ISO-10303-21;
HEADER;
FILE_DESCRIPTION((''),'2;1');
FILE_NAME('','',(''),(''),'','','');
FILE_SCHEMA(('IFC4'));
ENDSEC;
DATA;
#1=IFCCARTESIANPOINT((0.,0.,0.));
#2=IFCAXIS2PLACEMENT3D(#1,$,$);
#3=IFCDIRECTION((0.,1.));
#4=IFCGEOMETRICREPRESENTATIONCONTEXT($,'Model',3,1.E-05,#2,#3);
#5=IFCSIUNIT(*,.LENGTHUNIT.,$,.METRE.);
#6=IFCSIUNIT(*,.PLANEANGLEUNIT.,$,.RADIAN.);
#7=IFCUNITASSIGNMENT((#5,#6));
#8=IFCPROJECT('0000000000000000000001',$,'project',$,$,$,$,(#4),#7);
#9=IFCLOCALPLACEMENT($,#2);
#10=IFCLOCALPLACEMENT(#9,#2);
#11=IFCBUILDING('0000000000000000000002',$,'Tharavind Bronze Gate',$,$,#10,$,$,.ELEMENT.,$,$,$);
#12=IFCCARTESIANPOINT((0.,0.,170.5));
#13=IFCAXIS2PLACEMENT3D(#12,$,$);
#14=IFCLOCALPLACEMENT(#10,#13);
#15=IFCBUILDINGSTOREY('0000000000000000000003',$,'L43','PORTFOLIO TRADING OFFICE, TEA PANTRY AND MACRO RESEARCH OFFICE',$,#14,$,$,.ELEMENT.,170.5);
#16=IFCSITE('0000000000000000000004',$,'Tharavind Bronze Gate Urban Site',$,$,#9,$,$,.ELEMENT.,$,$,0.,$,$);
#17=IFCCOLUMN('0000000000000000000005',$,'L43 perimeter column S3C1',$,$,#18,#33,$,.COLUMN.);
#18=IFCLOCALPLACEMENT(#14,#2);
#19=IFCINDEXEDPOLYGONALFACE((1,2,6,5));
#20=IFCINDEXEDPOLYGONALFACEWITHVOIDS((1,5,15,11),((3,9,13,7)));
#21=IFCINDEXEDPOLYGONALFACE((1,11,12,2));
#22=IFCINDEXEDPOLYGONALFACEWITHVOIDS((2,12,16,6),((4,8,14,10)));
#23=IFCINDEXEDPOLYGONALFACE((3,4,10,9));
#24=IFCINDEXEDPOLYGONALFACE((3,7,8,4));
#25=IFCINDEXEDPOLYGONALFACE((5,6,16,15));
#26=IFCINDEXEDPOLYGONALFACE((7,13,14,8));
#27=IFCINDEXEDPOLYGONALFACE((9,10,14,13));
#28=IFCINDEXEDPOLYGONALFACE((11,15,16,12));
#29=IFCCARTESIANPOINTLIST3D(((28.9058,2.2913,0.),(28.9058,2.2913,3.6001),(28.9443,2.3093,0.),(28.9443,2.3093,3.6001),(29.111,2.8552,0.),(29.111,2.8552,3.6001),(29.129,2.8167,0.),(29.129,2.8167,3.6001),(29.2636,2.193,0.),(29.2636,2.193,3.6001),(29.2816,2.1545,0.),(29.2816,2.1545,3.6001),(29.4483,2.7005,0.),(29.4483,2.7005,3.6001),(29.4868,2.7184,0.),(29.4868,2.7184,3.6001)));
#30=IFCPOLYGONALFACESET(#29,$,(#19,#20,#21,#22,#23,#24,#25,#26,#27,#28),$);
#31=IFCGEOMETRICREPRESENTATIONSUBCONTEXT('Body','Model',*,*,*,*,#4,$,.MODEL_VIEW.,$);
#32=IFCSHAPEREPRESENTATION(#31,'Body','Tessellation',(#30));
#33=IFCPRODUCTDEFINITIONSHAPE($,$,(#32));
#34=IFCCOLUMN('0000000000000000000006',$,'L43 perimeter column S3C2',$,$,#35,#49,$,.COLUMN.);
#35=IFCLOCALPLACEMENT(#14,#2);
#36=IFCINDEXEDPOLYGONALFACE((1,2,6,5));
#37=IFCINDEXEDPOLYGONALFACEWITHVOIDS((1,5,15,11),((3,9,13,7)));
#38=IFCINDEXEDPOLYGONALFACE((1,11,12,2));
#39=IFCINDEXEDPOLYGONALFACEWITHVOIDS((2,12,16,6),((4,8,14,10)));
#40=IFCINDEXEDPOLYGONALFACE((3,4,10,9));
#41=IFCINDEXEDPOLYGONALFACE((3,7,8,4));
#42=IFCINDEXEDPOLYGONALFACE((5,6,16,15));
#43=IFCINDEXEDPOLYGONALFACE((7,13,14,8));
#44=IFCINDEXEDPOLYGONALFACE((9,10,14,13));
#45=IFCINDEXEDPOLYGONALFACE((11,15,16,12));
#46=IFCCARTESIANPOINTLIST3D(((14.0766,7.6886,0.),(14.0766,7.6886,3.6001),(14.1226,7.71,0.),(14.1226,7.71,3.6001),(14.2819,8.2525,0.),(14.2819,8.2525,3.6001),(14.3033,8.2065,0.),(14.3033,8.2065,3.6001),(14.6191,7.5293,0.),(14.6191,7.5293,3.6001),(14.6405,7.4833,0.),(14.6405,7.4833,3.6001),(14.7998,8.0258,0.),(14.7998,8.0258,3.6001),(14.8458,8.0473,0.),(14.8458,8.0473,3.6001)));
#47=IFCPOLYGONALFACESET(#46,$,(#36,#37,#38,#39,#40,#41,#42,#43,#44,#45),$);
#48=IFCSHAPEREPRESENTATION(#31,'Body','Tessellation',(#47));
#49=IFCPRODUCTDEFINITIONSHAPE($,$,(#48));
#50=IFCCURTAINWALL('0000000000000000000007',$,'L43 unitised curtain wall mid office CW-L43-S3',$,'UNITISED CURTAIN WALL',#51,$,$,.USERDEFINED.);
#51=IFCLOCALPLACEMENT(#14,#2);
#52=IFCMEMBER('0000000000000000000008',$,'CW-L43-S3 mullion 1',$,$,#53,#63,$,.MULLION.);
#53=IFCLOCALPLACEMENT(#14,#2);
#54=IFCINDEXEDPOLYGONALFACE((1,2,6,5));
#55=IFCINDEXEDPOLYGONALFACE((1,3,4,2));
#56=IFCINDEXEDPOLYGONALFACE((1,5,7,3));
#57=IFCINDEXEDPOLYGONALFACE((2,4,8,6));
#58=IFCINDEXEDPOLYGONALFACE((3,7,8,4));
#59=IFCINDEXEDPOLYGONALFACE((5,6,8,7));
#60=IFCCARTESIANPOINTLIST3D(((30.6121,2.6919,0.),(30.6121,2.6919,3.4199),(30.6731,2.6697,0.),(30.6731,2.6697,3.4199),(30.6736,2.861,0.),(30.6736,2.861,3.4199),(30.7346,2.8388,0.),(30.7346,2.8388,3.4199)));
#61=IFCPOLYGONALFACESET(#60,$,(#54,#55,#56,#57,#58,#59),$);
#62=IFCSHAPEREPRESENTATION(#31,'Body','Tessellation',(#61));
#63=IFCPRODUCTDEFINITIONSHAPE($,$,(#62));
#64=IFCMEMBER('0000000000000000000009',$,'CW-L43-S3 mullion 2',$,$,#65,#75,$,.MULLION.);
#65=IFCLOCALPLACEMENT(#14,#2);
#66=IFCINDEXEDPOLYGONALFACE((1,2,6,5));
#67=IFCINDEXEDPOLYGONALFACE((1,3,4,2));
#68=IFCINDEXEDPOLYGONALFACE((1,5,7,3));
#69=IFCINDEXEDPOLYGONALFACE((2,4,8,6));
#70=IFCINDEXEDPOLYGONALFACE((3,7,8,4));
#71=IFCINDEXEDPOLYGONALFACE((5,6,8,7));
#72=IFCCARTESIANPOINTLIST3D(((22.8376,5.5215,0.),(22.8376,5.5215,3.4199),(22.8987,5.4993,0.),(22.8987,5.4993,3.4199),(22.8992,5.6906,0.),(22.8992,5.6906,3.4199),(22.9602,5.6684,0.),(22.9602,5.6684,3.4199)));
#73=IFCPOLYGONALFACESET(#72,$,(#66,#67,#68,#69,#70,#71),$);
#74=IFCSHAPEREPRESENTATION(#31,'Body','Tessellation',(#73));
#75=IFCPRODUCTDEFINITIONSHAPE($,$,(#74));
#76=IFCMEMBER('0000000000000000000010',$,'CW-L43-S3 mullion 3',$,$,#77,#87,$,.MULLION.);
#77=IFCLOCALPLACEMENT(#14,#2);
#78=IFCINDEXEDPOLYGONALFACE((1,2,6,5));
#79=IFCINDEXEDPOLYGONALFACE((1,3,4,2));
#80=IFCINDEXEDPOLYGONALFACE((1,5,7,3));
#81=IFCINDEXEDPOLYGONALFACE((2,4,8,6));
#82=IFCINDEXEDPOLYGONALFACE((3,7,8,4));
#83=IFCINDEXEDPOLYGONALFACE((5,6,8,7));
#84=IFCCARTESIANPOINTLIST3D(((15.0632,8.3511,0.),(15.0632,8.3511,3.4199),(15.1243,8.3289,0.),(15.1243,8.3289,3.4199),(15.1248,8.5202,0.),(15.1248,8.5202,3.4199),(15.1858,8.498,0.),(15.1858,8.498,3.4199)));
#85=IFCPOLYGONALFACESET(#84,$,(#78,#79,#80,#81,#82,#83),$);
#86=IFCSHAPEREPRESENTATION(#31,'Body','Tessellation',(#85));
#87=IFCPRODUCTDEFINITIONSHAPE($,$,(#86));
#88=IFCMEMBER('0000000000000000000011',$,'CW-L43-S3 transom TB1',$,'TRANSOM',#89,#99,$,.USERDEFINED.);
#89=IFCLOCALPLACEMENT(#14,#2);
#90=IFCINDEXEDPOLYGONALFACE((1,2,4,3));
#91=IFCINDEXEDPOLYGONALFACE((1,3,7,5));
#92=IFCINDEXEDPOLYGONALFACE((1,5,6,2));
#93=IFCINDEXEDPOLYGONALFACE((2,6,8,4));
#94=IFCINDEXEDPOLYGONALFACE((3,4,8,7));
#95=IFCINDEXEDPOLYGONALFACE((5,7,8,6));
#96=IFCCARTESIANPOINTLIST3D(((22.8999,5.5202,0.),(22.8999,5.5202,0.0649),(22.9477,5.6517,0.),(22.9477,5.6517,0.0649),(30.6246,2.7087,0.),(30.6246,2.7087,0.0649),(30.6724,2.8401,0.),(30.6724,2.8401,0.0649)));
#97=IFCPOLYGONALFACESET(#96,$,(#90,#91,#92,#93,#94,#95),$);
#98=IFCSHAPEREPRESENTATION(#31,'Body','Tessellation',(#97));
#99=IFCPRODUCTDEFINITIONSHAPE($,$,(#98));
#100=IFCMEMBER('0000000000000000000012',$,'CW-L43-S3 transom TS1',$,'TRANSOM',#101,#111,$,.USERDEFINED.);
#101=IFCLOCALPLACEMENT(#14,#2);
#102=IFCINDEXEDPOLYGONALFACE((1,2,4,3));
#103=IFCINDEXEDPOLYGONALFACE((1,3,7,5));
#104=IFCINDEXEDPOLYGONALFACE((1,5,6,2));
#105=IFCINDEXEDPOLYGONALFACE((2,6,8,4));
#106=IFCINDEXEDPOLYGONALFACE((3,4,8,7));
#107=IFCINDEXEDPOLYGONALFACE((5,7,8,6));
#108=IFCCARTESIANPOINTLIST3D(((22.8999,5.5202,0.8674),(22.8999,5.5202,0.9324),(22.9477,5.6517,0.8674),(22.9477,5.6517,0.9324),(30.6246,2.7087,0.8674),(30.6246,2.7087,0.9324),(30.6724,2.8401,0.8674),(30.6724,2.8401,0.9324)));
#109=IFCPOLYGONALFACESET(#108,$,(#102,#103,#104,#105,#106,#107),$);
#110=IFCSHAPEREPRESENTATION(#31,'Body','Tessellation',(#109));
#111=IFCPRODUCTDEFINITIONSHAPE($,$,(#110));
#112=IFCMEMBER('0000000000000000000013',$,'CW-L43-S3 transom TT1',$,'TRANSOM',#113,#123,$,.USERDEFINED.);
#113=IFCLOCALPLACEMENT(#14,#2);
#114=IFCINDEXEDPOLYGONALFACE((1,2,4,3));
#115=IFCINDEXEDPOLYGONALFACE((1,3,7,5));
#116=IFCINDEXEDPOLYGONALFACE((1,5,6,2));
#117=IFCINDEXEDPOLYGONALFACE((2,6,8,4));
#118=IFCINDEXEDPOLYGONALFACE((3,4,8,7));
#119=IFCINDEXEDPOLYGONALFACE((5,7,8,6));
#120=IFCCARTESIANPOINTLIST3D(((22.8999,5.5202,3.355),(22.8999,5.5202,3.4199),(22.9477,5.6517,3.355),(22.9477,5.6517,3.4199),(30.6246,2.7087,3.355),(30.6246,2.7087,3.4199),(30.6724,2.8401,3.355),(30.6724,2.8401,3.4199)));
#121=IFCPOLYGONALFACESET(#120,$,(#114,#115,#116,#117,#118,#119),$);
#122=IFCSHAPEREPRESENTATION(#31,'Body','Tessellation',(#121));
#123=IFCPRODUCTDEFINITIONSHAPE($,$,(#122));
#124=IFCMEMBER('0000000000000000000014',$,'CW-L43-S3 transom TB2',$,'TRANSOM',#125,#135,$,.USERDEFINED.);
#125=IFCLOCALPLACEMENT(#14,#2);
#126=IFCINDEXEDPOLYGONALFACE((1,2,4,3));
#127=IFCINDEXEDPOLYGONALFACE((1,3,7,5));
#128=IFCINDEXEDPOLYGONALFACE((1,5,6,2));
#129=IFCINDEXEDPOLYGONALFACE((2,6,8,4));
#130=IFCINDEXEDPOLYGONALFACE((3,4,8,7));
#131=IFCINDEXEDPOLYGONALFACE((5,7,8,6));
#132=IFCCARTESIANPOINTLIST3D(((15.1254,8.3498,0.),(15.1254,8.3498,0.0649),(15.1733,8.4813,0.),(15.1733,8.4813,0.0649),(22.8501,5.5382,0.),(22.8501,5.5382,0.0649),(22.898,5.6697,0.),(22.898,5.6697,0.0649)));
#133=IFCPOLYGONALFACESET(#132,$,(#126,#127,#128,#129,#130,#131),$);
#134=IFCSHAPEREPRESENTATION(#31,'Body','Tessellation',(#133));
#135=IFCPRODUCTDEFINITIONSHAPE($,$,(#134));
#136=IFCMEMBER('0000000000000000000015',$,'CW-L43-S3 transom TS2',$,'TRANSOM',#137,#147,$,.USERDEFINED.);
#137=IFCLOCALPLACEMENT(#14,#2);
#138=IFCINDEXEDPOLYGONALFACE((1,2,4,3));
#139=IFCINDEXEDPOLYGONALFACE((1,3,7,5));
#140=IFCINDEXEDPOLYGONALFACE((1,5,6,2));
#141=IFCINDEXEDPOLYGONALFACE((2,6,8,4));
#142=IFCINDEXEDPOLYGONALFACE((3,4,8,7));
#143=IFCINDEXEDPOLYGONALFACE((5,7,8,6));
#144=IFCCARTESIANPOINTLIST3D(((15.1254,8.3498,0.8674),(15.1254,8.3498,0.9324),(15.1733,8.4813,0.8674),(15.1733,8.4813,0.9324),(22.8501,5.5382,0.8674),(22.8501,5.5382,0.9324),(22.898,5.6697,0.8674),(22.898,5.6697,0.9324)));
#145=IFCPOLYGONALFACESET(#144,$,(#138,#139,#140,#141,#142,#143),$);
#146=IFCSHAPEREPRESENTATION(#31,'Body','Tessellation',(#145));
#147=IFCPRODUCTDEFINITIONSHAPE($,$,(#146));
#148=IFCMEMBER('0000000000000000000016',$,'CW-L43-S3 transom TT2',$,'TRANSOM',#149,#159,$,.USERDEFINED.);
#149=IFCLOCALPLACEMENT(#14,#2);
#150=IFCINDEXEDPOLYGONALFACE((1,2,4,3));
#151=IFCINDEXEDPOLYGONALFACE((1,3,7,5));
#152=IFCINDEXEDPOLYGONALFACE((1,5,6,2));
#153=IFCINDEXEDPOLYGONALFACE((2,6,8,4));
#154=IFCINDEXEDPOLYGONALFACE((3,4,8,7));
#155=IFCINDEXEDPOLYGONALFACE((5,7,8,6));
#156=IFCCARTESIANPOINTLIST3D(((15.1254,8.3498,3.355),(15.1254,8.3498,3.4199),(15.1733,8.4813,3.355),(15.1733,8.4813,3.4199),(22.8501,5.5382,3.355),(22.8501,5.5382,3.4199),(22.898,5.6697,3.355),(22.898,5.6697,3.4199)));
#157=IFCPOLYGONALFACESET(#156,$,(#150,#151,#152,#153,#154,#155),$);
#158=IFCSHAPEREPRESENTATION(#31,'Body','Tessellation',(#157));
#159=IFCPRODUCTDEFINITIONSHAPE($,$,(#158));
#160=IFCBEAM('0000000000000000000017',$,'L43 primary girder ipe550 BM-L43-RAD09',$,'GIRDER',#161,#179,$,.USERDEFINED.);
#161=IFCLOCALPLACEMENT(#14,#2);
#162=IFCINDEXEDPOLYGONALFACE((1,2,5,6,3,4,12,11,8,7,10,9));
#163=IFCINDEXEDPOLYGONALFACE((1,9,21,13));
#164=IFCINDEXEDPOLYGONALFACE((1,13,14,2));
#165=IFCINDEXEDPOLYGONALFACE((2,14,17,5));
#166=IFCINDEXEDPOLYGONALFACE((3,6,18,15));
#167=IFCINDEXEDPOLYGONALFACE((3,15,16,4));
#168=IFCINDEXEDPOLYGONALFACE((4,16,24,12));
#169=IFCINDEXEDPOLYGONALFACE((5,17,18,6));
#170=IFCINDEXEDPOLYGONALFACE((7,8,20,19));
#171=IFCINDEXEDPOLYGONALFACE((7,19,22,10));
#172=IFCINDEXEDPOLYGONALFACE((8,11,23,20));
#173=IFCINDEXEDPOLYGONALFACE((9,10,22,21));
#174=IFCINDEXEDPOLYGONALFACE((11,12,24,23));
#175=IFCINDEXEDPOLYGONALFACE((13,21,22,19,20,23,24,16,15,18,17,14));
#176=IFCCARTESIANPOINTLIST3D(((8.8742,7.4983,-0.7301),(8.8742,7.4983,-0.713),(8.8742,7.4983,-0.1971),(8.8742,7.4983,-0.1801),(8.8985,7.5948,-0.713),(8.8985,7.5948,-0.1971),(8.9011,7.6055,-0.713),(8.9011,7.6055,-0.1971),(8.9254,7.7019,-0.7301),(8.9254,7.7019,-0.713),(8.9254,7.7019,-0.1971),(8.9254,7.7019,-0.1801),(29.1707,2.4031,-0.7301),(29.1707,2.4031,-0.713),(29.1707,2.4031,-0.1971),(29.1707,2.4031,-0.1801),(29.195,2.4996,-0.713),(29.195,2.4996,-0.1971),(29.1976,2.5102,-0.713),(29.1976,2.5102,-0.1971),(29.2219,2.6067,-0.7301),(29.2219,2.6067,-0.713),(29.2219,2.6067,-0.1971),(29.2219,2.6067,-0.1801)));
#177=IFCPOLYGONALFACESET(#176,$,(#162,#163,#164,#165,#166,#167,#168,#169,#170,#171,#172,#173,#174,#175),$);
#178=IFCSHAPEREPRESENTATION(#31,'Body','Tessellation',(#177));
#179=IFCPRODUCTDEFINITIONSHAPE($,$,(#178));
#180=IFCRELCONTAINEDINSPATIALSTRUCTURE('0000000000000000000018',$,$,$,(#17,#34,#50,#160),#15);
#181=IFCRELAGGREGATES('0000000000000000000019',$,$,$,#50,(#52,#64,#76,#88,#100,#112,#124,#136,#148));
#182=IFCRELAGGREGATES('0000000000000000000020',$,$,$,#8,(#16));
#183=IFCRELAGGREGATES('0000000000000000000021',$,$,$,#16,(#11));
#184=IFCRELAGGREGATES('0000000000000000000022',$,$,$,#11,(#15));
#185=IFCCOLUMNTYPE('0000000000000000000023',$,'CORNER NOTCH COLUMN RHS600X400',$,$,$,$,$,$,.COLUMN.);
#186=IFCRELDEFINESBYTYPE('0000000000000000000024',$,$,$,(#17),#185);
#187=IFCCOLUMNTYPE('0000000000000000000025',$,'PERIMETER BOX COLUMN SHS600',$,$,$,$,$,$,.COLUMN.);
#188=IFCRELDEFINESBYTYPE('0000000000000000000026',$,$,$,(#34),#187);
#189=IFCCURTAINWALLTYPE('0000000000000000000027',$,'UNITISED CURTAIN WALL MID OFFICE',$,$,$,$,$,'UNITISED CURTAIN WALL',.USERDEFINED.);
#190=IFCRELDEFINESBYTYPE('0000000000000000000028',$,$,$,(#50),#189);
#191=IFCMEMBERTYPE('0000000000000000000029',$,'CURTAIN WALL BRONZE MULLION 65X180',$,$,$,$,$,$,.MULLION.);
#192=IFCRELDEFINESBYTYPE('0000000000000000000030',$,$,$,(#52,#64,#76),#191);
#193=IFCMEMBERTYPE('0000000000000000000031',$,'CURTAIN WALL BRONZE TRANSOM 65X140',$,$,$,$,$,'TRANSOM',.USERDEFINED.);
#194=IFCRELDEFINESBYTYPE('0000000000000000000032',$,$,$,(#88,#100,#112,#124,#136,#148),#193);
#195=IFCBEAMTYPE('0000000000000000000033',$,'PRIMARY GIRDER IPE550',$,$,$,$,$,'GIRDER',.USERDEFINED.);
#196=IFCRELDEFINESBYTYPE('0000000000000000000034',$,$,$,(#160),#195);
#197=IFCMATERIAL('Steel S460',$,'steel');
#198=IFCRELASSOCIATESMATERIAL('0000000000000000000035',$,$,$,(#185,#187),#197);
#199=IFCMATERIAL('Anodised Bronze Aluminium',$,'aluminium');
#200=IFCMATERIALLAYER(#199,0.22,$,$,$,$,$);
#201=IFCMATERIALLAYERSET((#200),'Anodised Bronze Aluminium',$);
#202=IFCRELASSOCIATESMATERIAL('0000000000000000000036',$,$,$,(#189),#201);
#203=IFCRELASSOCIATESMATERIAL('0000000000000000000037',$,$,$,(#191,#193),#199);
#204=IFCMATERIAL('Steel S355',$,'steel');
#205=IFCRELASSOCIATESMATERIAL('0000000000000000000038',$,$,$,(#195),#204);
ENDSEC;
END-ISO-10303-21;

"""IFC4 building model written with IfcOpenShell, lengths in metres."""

from ifc_helpers import new_model, si_unit, direction, frame, origin, origin_2d, place, context, subcontext, project, spatial, rectangle, hollow_rectangle, i_section, extrude, material, layer, layer_set, material_profile, profile_set, type_object, element, aggregate, save


model = new_model("IFC4")

# Units and contexts
model_context = context("Model", 3, precision=1e-05, world=origin(), true_north=direction((0.0, 1.0)))
body_context = subcontext(model_context, "Body", "Model", "MODEL_VIEW")
ifc_project = project(units=[si_unit("LENGTHUNIT", "METRE"), si_unit("PLANEANGLEUNIT", "RADIAN")], contexts=[model_context])

# Site, building, storey
site_placement = place(None, origin())
site = spatial("IfcSite", under=ifc_project, at=site_placement, Name="Tharavind Bronze Gate Urban Site", CompositionType="ELEMENT", RefElevation=0.0)
building_placement = place(site_placement, origin())
building = spatial("IfcBuilding", under=site, at=building_placement, Name="Tharavind Bronze Gate", CompositionType="ELEMENT")
storey_placement = place(building_placement, frame((0.0, 0.0, 170.5)))
storey = spatial("IfcBuildingStorey", under=building, at=storey_placement, Name="L43", Description="PORTFOLIO TRADING OFFICE, TEA PANTRY AND MACRO RESEARCH OFFICE", CompositionType="ELEMENT", Elevation=170.5)

# Columns
ifc_material_1 = material(Name="Steel S460", Category="steel")
ifc_material_profile_1 = material_profile(ifc_material_1, hollow_rectangle(XDim=0.3999, YDim=0.6001, WallThickness=0.03, at=origin_2d()), Name="RHS600X400X30")
ifc_profile_set_1 = profile_set([ifc_material_profile_1], Name="Steel S460")
column_type_1 = type_object("IfcColumnType", Name="CORNER NOTCH COLUMN RHS600X400", PredefinedType="COLUMN", material=ifc_profile_set_1)
column_1_placement = place(storey_placement, frame((29.1963, 2.5049, 0.0), z_axis=(0.0, 0.0, 1.0), x_axis=(-0.939692, 0.342022, 0.0)))
element("IfcColumn", 1, at=column_1_placement, inside=storey, type_object=column_type_1, Name="L43 perimeter column S3C1", PredefinedType="COLUMN", context=body_context, shape_type="SweptSolid", body=[
    extrude(hollow_rectangle(XDim=0.3999, YDim=0.6001, WallThickness=0.03, at=origin_2d()), origin(), (0.0, 0.0, 1.0), 3.6001),
])
ifc_material_profile_2 = material_profile(ifc_material_1, hollow_rectangle(XDim=0.6001, YDim=0.6001, WallThickness=0.0359, at=origin_2d()), Name="SHS600X36")
ifc_profile_set_2 = profile_set([ifc_material_profile_2], Name="Steel S460")
column_type_2 = type_object("IfcColumnType", Name="PERIMETER BOX COLUMN SHS600", PredefinedType="COLUMN", material=ifc_profile_set_2)
column_2_placement = place(storey_placement, frame((14.4612, 7.8679, 0.0), z_axis=(0.0, 0.0, 1.0), x_axis=(-0.939692, 0.342022, 0.0)))
element("IfcColumn", 2, at=column_2_placement, inside=storey, type_object=column_type_2, Name="L43 perimeter column S3C2", PredefinedType="COLUMN", context=body_context, shape_type="SweptSolid", body=[
    extrude(hollow_rectangle(XDim=0.6001, YDim=0.6001, WallThickness=0.0359, at=origin_2d()), origin(), (0.0, 0.0, 1.0), 3.6001),
])

# Curtain wall, members
ifc_material_2 = material(Name="Anodised Bronze Aluminium", Category="aluminium")
ifc_layer_1 = layer(ifc_material_2, 0.22)
ifc_layer_set_1 = layer_set([ifc_layer_1], Name="Anodised Bronze Aluminium")
curtain_wall_type = type_object("IfcCurtainWallType", Name="UNITISED CURTAIN WALL MID OFFICE", ElementType="UNITISED CURTAIN WALL", PredefinedType="USERDEFINED", material=ifc_layer_set_1)
curtain_wall_placement = place(storey_placement, origin())
curtain_wall = element("IfcCurtainWall", 3, at=curtain_wall_placement, inside=storey, type_object=curtain_wall_type, Name="L43 unitised curtain wall mid office CW-L43-S3", ObjectType="UNITISED CURTAIN WALL", PredefinedType="USERDEFINED")
member_type_1 = type_object("IfcMemberType", Name="CURTAIN WALL BRONZE MULLION 65X180", PredefinedType="MULLION", material=ifc_material_2)
member_1_placement = place(storey_placement, frame((30.6733, 2.7654, 0.0), z_axis=(0.0, 0.0, 1.0), x_axis=(-0.939692, 0.342022, 0.0)))
member_1 = element("IfcMember", 4, at=member_1_placement, type_object=member_type_1, Name="CW-L43-S3 mullion 1", PredefinedType="MULLION", context=body_context, shape_type="SweptSolid", body=[
    extrude(rectangle(XDim=0.0649, YDim=0.1799, at=origin_2d()), origin(), (0.0, 0.0, 1.0), 3.4199),
])
member_2_placement = place(storey_placement, frame((22.8989, 5.595, 0.0), z_axis=(0.0, 0.0, 1.0), x_axis=(-0.939692, 0.342022, 0.0)))
member_2 = element("IfcMember", 5, at=member_2_placement, type_object=member_type_1, Name="CW-L43-S3 mullion 2", PredefinedType="MULLION", context=body_context, shape_type="SweptSolid", body=[
    extrude(rectangle(XDim=0.0649, YDim=0.1799, at=origin_2d()), origin(), (0.0, 0.0, 1.0), 3.4199),
])
member_3_placement = place(storey_placement, frame((15.1245, 8.4246, 0.0), z_axis=(0.0, 0.0, 1.0), x_axis=(-0.939692, 0.342022, 0.0)))
member_3 = element("IfcMember", 6, at=member_3_placement, type_object=member_type_1, Name="CW-L43-S3 mullion 3", PredefinedType="MULLION", context=body_context, shape_type="SweptSolid", body=[
    extrude(rectangle(XDim=0.0649, YDim=0.1799, at=origin_2d()), origin(), (0.0, 0.0, 1.0), 3.4199),
])
member_type_2 = type_object("IfcMemberType", Name="CURTAIN WALL BRONZE TRANSOM 65X140", ElementType="TRANSOM", PredefinedType="USERDEFINED", material=ifc_material_2)
member_4_placement = place(storey_placement, frame((26.7861, 4.1802, 0.0), z_axis=(0.0, 0.0, 1.0), x_axis=(-0.939692, 0.342022, 0.0)))
member_4 = element("IfcMember", 7, at=member_4_placement, type_object=member_type_2, Name="CW-L43-S3 transom TB1", ObjectType="TRANSOM", PredefinedType="USERDEFINED", context=body_context, shape_type="SweptSolid", body=[
    extrude(rectangle(XDim=8.2205, YDim=0.1399, at=origin_2d()), origin(), (0.0, 0.0, 1.0), 0.0649),
])
member_5_placement = place(storey_placement, frame((26.7861, 4.1802, 0.8674), z_axis=(0.0, 0.0, 1.0), x_axis=(-0.939692, 0.342022, 0.0)))
member_5 = element("IfcMember", 8, at=member_5_placement, type_object=member_type_2, Name="CW-L43-S3 transom TS1", ObjectType="TRANSOM", PredefinedType="USERDEFINED", context=body_context, shape_type="SweptSolid", body=[
    extrude(rectangle(XDim=8.2205, YDim=0.1399, at=origin_2d()), origin(), (0.0, 0.0, 1.0), 0.0649),
])
member_6_placement = place(storey_placement, frame((26.7861, 4.1802, 3.355), z_axis=(0.0, 0.0, 1.0), x_axis=(-0.939692, 0.342022, 0.0)))
member_6 = element("IfcMember", 9, at=member_6_placement, type_object=member_type_2, Name="CW-L43-S3 transom TT1", ObjectType="TRANSOM", PredefinedType="USERDEFINED", context=body_context, shape_type="SweptSolid", body=[
    extrude(rectangle(XDim=8.2205, YDim=0.1399, at=origin_2d()), origin(), (0.0, 0.0, 1.0), 0.0649),
])
member_7_placement = place(storey_placement, frame((19.0117, 7.0098, 0.0), z_axis=(0.0, 0.0, 1.0), x_axis=(-0.939692, 0.342022, 0.0)))
member_7 = element("IfcMember", 10, at=member_7_placement, type_object=member_type_2, Name="CW-L43-S3 transom TB2", ObjectType="TRANSOM", PredefinedType="USERDEFINED", context=body_context, shape_type="SweptSolid", body=[
    extrude(rectangle(XDim=8.2205, YDim=0.1399, at=origin_2d()), origin(), (0.0, 0.0, 1.0), 0.0649),
])
member_8_placement = place(storey_placement, frame((19.0117, 7.0098, 0.8674), z_axis=(0.0, 0.0, 1.0), x_axis=(-0.939692, 0.342022, 0.0)))
member_8 = element("IfcMember", 11, at=member_8_placement, type_object=member_type_2, Name="CW-L43-S3 transom TS2", ObjectType="TRANSOM", PredefinedType="USERDEFINED", context=body_context, shape_type="SweptSolid", body=[
    extrude(rectangle(XDim=8.2205, YDim=0.1399, at=origin_2d()), origin(), (0.0, 0.0, 1.0), 0.0649),
])
member_9_placement = place(storey_placement, frame((19.0117, 7.0098, 3.355), z_axis=(0.0, 0.0, 1.0), x_axis=(-0.939692, 0.342022, 0.0)))
member_9 = element("IfcMember", 12, at=member_9_placement, type_object=member_type_2, Name="CW-L43-S3 transom TT2", ObjectType="TRANSOM", PredefinedType="USERDEFINED", context=body_context, shape_type="SweptSolid", body=[
    extrude(rectangle(XDim=8.2205, YDim=0.1399, at=origin_2d()), origin(), (0.0, 0.0, 1.0), 0.0649),
])

# Beam
ifc_material_3 = material(Name="Steel S355", Category="steel")
ifc_material_profile_3 = material_profile(ifc_material_3, i_section(OverallWidth=0.21, OverallDepth=0.55, WebThickness=0.011, FlangeThickness=0.0171, at=origin_2d()), Name="IPE550")
ifc_profile_set_3 = profile_set([ifc_material_profile_3], Name="Steel S355")
beam_type_1 = type_object("IfcBeamType", Name="PRIMARY GIRDER IPE550", ElementType="GIRDER", PredefinedType="USERDEFINED", material=ifc_profile_set_3)
beam_1_placement = place(storey_placement, frame((29.1963, 2.5049, -0.4551), z_axis=(-0.969905, 0.243485, 0.0), x_axis=(-0.243485, -0.969905, 0.0)))
element("IfcBeam", 13, at=beam_1_placement, inside=storey, type_object=beam_type_1, Name="L43 primary girder ipe550 BM-L43-RAD09", ObjectType="GIRDER", PredefinedType="USERDEFINED", context=body_context, shape_type="SweptSolid", body=[
    extrude(i_section(OverallWidth=0.21, OverallDepth=0.55, WebThickness=0.011, FlangeThickness=0.0171, at=origin_2d()), origin(), (0.0, 0.0, 1.0), 20.9263),
])

aggregate(curtain_wall, [member_1, member_2, member_3, member_4, member_5, member_6, member_7, member_8, member_9])

save(model, "model.ifc")
